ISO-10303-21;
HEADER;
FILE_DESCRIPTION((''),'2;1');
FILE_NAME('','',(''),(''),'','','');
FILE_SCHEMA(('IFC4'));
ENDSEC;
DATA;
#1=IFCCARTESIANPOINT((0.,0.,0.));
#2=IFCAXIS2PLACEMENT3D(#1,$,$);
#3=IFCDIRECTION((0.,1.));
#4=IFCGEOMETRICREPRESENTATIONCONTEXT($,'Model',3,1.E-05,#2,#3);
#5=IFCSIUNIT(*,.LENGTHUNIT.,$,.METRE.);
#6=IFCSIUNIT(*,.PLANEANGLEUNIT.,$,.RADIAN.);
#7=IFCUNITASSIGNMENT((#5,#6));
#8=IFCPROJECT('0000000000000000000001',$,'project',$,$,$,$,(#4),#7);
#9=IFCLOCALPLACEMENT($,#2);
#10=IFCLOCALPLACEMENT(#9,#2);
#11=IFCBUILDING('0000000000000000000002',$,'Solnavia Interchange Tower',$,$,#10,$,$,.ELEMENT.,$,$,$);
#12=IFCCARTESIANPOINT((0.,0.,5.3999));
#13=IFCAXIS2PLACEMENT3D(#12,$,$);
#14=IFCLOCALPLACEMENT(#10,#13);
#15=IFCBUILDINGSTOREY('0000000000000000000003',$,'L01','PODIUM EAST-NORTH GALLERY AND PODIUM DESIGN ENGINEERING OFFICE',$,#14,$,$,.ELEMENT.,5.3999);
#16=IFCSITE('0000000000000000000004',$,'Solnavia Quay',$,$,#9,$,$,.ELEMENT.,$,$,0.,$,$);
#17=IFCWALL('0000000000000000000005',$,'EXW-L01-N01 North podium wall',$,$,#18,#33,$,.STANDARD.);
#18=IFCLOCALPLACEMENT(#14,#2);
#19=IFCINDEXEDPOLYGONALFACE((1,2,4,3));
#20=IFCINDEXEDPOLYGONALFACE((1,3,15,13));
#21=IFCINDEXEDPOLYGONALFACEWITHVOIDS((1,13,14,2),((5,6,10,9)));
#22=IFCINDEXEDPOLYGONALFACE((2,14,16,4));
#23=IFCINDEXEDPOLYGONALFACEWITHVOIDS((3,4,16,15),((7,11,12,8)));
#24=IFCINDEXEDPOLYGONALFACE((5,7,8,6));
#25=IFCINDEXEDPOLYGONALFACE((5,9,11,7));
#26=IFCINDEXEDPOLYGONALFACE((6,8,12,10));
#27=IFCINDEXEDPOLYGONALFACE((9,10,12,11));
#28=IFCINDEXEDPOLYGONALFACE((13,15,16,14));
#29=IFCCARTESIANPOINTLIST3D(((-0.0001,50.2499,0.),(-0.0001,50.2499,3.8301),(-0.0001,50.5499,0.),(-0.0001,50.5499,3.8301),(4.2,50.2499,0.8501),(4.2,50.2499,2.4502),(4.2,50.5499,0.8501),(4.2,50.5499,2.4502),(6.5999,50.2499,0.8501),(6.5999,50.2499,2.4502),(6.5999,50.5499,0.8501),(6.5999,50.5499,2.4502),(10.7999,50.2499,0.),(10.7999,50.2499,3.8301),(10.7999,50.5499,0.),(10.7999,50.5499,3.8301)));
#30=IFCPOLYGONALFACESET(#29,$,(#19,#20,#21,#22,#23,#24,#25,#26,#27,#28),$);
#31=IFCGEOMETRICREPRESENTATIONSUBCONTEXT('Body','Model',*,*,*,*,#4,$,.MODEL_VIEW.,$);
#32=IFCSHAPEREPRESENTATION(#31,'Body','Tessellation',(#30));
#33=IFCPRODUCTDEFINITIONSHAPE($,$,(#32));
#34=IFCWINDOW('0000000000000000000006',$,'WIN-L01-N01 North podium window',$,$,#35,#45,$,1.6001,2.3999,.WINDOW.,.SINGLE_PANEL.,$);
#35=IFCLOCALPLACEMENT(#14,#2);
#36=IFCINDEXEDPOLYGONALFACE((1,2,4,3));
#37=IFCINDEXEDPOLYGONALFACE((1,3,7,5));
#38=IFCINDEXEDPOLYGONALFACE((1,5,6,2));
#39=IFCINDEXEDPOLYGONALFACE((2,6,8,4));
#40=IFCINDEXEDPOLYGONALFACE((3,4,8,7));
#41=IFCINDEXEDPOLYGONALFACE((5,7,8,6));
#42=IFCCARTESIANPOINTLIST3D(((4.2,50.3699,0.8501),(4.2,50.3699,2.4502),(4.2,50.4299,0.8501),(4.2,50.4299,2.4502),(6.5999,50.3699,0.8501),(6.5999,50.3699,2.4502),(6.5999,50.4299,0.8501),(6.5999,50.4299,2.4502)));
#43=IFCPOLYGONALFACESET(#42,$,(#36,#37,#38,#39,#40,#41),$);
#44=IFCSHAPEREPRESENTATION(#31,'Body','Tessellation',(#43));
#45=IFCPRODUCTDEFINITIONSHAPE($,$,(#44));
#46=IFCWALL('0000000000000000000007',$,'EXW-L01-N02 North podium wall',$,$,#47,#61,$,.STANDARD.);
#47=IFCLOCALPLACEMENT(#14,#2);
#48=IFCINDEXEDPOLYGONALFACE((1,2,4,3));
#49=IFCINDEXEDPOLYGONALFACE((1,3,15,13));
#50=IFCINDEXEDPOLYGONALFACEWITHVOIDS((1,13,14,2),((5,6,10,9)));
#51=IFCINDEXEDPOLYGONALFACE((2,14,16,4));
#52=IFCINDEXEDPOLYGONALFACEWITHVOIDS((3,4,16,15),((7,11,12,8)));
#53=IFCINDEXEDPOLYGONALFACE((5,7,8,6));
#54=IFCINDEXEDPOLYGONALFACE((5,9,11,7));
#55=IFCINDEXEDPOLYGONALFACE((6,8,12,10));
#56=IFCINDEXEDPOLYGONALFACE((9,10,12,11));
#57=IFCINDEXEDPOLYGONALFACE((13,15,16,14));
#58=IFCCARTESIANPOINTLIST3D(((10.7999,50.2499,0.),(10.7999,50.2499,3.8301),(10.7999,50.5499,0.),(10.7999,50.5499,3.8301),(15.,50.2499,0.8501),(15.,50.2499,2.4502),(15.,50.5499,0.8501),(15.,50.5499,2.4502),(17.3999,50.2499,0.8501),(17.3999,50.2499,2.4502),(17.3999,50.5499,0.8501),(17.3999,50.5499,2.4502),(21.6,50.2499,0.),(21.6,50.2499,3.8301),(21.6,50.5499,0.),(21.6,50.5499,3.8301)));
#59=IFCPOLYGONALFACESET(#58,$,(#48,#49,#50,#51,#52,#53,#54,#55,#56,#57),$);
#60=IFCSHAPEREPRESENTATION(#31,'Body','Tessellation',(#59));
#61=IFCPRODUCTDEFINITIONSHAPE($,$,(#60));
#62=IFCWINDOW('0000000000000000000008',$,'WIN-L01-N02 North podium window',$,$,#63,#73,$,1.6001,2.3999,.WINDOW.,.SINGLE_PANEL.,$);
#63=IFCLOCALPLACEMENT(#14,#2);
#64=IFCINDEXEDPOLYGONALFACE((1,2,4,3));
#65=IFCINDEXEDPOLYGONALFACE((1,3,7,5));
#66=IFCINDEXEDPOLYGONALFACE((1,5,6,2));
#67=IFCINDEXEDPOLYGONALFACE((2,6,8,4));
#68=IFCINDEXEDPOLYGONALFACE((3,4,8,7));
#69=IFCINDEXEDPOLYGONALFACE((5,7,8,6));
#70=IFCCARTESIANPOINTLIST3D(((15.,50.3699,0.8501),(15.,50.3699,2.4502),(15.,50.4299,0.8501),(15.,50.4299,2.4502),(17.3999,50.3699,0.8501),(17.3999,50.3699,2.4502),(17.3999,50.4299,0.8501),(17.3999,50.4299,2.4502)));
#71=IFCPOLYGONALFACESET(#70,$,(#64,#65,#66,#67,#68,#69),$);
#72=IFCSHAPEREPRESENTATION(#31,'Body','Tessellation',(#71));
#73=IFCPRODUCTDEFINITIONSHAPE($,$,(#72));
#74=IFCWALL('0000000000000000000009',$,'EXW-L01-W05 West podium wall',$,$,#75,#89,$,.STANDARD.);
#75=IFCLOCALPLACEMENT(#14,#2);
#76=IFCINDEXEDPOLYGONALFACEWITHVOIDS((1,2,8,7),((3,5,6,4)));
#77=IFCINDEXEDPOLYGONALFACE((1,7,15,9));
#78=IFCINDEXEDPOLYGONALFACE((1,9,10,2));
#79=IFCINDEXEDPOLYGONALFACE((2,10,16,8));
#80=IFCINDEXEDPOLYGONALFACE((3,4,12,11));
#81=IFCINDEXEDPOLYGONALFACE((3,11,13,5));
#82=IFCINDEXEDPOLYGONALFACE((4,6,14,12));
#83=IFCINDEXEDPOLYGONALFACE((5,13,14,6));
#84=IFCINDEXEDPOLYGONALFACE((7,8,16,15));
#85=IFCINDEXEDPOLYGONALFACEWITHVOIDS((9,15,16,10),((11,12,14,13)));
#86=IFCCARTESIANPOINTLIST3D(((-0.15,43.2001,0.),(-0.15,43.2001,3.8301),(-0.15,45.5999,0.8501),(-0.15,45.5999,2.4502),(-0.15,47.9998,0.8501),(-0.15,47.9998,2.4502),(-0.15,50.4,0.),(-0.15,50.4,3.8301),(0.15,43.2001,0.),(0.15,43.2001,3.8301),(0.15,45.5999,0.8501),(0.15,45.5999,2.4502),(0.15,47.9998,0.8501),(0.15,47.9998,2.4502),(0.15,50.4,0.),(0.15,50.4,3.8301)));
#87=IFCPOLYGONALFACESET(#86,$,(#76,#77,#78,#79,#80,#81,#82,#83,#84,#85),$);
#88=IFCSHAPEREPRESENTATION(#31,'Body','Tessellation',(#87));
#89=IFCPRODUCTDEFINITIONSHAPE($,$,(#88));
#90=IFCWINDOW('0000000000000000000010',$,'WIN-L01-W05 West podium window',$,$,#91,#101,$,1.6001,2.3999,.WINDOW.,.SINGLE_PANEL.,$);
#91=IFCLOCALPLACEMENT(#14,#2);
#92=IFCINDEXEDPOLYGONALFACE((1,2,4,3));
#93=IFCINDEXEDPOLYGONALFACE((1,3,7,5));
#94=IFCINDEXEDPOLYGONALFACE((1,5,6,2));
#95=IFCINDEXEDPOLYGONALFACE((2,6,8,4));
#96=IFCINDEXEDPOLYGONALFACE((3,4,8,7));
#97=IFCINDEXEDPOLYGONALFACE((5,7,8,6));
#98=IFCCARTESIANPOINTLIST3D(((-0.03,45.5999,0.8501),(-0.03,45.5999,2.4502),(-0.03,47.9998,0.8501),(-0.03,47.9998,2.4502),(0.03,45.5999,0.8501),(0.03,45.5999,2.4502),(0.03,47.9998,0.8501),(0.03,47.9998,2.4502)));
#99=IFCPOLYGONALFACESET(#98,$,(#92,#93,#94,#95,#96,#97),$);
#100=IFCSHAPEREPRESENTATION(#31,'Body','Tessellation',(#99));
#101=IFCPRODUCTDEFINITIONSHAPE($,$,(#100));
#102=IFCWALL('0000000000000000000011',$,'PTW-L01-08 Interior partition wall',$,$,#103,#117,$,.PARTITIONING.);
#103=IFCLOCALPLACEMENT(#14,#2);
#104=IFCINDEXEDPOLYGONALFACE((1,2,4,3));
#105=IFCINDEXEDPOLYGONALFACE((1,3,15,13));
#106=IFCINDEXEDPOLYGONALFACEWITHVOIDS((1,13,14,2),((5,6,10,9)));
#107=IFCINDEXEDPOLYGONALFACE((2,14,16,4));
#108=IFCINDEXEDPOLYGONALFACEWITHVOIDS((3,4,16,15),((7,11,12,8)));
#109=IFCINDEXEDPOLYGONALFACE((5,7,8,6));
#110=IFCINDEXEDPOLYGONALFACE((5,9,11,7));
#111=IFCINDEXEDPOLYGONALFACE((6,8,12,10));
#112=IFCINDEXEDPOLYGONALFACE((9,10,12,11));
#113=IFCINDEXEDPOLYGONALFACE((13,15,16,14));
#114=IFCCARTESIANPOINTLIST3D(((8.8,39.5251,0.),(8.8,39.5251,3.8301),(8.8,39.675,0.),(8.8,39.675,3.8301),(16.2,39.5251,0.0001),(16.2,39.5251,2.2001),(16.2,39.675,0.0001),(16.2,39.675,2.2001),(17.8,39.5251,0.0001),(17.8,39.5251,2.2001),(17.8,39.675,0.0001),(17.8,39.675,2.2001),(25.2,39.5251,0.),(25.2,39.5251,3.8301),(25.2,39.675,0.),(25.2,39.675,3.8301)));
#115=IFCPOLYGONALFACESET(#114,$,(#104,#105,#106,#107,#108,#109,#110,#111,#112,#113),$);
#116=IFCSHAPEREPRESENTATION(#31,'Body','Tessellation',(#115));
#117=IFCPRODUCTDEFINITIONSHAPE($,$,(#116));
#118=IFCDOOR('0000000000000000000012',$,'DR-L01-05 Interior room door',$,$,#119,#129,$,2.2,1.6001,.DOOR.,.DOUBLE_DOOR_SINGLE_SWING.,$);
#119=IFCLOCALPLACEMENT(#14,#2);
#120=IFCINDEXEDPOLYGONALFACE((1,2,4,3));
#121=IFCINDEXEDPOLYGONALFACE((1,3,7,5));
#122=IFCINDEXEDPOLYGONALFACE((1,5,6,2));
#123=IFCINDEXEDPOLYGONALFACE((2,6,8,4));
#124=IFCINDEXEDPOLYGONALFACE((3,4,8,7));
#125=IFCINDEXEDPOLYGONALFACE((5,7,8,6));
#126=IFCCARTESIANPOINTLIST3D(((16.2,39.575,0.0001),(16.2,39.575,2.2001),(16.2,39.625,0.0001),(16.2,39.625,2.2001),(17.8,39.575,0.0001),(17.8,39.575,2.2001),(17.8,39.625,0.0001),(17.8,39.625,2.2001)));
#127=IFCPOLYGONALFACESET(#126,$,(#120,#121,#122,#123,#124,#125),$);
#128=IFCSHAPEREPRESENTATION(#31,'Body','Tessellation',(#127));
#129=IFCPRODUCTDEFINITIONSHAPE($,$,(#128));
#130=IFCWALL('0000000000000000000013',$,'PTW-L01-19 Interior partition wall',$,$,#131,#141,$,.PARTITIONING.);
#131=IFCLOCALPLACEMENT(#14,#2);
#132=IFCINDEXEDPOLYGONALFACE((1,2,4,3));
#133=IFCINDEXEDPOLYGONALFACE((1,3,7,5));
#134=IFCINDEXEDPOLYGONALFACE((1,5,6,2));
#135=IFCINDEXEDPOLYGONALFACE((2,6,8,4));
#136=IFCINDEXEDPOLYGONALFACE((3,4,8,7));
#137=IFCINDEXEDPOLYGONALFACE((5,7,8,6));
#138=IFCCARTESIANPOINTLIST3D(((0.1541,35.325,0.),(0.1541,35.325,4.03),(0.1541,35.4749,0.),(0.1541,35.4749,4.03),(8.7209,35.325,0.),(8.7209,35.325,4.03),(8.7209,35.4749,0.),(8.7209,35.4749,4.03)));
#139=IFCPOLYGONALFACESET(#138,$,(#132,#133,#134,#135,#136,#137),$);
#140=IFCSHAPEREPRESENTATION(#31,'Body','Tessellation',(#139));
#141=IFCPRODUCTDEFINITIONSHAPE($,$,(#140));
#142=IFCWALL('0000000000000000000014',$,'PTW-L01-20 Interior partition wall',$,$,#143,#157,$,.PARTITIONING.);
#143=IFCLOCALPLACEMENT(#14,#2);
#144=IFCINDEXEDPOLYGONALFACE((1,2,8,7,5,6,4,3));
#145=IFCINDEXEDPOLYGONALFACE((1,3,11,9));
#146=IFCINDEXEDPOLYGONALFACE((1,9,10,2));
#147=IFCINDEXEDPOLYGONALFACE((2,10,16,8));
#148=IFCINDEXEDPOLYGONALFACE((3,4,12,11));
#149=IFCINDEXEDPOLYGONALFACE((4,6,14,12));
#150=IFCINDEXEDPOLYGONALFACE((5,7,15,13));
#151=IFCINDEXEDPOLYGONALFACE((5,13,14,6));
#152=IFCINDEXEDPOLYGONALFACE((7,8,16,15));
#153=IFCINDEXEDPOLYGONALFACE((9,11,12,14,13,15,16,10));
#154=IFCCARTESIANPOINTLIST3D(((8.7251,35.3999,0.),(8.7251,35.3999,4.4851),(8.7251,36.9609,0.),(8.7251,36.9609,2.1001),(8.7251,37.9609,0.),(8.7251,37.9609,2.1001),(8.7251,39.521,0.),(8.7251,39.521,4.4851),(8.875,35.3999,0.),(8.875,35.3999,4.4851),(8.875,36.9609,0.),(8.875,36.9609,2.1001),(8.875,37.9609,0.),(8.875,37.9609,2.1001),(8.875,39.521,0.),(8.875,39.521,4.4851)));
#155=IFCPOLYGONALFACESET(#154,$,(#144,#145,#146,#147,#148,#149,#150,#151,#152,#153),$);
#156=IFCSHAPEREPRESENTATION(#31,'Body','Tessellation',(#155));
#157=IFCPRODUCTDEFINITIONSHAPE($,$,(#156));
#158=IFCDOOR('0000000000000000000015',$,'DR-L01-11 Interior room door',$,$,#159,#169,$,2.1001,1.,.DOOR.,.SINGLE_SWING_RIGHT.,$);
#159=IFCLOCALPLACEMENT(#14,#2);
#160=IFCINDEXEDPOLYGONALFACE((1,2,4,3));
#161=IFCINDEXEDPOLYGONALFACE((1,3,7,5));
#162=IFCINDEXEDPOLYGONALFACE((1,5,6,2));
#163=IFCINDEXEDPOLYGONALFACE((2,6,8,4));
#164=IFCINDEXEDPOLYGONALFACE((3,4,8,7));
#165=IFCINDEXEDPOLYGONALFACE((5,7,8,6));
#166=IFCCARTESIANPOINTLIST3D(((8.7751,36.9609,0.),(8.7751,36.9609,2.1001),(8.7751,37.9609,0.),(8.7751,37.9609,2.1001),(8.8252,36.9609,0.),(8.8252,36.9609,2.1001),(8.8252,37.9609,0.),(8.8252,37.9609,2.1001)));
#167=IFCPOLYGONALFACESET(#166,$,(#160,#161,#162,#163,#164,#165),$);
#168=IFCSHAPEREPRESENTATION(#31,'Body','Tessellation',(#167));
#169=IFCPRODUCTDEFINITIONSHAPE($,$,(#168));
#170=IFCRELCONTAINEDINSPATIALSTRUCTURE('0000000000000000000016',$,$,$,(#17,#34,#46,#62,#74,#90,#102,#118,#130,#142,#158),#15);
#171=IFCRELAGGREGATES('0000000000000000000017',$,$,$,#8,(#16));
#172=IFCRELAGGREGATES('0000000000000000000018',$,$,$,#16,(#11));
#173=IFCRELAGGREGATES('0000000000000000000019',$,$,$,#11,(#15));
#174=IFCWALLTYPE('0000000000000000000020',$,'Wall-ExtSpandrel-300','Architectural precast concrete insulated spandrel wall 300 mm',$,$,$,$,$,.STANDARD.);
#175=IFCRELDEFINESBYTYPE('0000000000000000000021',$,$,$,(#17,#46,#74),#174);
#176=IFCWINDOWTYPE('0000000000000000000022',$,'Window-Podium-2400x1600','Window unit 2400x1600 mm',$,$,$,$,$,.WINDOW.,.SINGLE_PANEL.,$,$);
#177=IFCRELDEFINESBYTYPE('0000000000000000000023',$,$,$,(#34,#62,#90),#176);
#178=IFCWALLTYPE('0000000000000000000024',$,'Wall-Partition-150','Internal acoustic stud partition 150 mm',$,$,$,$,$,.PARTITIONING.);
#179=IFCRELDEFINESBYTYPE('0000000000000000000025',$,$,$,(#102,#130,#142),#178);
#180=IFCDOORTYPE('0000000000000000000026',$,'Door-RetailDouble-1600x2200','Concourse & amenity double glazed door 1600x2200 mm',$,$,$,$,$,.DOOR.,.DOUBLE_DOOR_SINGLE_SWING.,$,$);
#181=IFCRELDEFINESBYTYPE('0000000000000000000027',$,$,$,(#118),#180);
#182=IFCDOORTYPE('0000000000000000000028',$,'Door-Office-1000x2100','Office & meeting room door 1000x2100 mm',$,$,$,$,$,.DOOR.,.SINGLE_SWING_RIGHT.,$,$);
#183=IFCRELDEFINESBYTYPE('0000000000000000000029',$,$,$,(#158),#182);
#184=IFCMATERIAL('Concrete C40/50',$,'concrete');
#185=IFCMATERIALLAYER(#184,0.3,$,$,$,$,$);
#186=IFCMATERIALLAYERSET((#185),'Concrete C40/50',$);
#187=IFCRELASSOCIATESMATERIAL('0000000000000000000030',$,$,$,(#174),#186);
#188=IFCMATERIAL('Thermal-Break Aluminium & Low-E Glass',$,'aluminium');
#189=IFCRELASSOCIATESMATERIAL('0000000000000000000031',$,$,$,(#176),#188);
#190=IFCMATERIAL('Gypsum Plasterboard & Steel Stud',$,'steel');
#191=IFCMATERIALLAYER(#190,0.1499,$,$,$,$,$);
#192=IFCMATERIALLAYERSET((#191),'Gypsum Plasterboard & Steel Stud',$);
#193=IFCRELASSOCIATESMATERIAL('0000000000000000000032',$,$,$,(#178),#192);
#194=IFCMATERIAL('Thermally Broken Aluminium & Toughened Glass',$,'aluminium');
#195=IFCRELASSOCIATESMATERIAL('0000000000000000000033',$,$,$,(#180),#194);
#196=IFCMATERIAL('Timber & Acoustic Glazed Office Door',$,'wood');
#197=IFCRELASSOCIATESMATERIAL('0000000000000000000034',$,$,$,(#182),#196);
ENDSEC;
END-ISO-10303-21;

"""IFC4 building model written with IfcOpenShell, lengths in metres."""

from ifc_helpers import new_model, si_unit, direction, frame, frame_2d, origin, place, context, subcontext, project, spatial, rectangle, extrude, material, layer, layer_set, type_object, element, fill, save


model = new_model("IFC4")

# Units and contexts
model_context = context("Model", 3, precision=1e-05, world=origin(), true_north=direction((0.0, 1.0)))
body_context = subcontext(model_context, "Body", "Model", "MODEL_VIEW")
ifc_project = project(units=[si_unit("LENGTHUNIT", "METRE"), si_unit("PLANEANGLEUNIT", "RADIAN")], contexts=[model_context])

# Site, building, storey
site_placement = place(None, origin())
site = spatial("IfcSite", under=ifc_project, at=site_placement, Name="Solnavia Quay", CompositionType="ELEMENT", RefElevation=0.0)
building_placement = place(site_placement, origin())
building = spatial("IfcBuilding", under=site, at=building_placement, Name="Solnavia Interchange Tower", CompositionType="ELEMENT")
storey_placement = place(building_placement, frame((0.0, 0.0, 5.3999)))
storey = spatial("IfcBuildingStorey", under=building, at=storey_placement, Name="L01", Description="PODIUM EAST-NORTH GALLERY AND PODIUM DESIGN ENGINEERING OFFICE", CompositionType="ELEMENT", Elevation=5.3999)

# Walls, openings, windows
ifc_material_1 = material(Name="Concrete C40/50", Category="concrete")
ifc_layer_1 = layer(ifc_material_1, 0.3)
ifc_layer_set_1 = layer_set([ifc_layer_1], Name="Concrete C40/50")
wall_type_1 = type_object("IfcWallType", Name="Wall-ExtSpandrel-300", Description="Architectural precast concrete insulated spandrel wall 300 mm", PredefinedType="STANDARD", material=ifc_layer_set_1)
wall_1_placement = place(storey_placement, frame((0.0, 50.3999, 0.0), z_axis=(0.0, 0.0, 1.0), x_axis=(1.0, 0.0, 0.0)))
wall_1 = element("IfcWall", 1, at=wall_1_placement, inside=storey, type_object=wall_type_1, Name="EXW-L01-N01 North podium wall", PredefinedType="STANDARD", context=body_context, shape_type="SweptSolid", body=[
    extrude(rectangle(XDim=10.8, YDim=0.3, at=frame_2d((5.3999, 0.0))), origin(), (0.0, 0.0, 1.0), 3.8301),
])
opening_1_placement = place(wall_1_placement, frame((4.2, 0.0, 0.8501)))
opening_1 = element("IfcOpeningElement", 2, at=opening_1_placement, cuts=wall_1, PredefinedType="OPENING", context=body_context, shape_type="SweptSolid", body=[
    extrude(rectangle(XDim=2.3999, YDim=1.6001, at=frame_2d((1.2, 0.8))), frame((0.0, 0.1602, 0.0), z_axis=(0.0, -1.0, 0.0), x_axis=(1.0, 0.0, 0.0)), (0.0, 0.0, 1.0), 0.3201),
])
ifc_material_2 = material(Name="Thermal-Break Aluminium & Low-E Glass", Category="aluminium")
window_type = type_object("IfcWindowType", Name="Window-Podium-2400x1600", Description="Window unit 2400x1600 mm", PartitioningType="SINGLE_PANEL", PredefinedType="WINDOW", material=ifc_material_2)
window_1_placement = place(opening_1_placement, origin())
window_1 = element("IfcWindow", 3, at=window_1_placement, inside=storey, type_object=window_type, Name="WIN-L01-N01 North podium window", OverallHeight=1.6001, OverallWidth=2.3999, PartitioningType="SINGLE_PANEL", PredefinedType="WINDOW", context=body_context, shape_type="SweptSolid", body=[
    extrude(rectangle(XDim=2.3999, YDim=1.6001, at=frame_2d((1.2, 0.8))), frame((0.0, 0.03, 0.0), z_axis=(0.0, -1.0, 0.0), x_axis=(1.0, 0.0, 0.0)), (0.0, 0.0, 1.0), 0.0601),
])
fill(opening_1, window_1)
wall_2_placement = place(storey_placement, frame((10.8, 50.3999, 0.0), z_axis=(0.0, 0.0, 1.0), x_axis=(1.0, 0.0, 0.0)))
wall_2 = element("IfcWall", 4, at=wall_2_placement, inside=storey, type_object=wall_type_1, Name="EXW-L01-N02 North podium wall", PredefinedType="STANDARD", context=body_context, shape_type="SweptSolid", body=[
    extrude(rectangle(XDim=10.8, YDim=0.3, at=frame_2d((5.3999, 0.0))), origin(), (0.0, 0.0, 1.0), 3.8301),
])
opening_2_placement = place(wall_2_placement, frame((4.2, 0.0, 0.8501)))
opening_2 = element("IfcOpeningElement", 5, at=opening_2_placement, cuts=wall_2, PredefinedType="OPENING", context=body_context, shape_type="SweptSolid", body=[
    extrude(rectangle(XDim=2.3999, YDim=1.6001, at=frame_2d((1.2, 0.8))), frame((0.0, 0.1602, 0.0), z_axis=(0.0, -1.0, 0.0), x_axis=(1.0, 0.0, 0.0)), (0.0, 0.0, 1.0), 0.3201),
])
window_2_placement = place(opening_2_placement, origin())
window_2 = element("IfcWindow", 6, at=window_2_placement, inside=storey, type_object=window_type, Name="WIN-L01-N02 North podium window", OverallHeight=1.6001, OverallWidth=2.3999, PartitioningType="SINGLE_PANEL", PredefinedType="WINDOW", context=body_context, shape_type="SweptSolid", body=[
    extrude(rectangle(XDim=2.3999, YDim=1.6001, at=frame_2d((1.2, 0.8))), frame((0.0, 0.03, 0.0), z_axis=(0.0, -1.0, 0.0), x_axis=(1.0, 0.0, 0.0)), (0.0, 0.0, 1.0), 0.0601),
])
fill(opening_2, window_2)
wall_3_placement = place(storey_placement, frame((0.0, 43.2, 0.0), z_axis=(0.0, 0.0, 1.0), x_axis=(0.0, 1.0, 0.0)))
wall_3 = element("IfcWall", 7, at=wall_3_placement, inside=storey, type_object=wall_type_1, Name="EXW-L01-W05 West podium wall", PredefinedType="STANDARD", context=body_context, shape_type="SweptSolid", body=[
    extrude(rectangle(XDim=7.2, YDim=0.3, at=frame_2d((3.6001, 0.0))), origin(), (0.0, 0.0, 1.0), 3.8301),
])
opening_3_placement = place(wall_3_placement, frame((2.3999, 0.0, 0.8501)))
opening_3 = element("IfcOpeningElement", 8, at=opening_3_placement, cuts=wall_3, PredefinedType="OPENING", context=body_context, shape_type="SweptSolid", body=[
    extrude(rectangle(XDim=2.3999, YDim=1.6001, at=frame_2d((1.2, 0.8))), frame((0.0, 0.1602, 0.0), z_axis=(0.0, -1.0, 0.0), x_axis=(1.0, 0.0, 0.0)), (0.0, 0.0, 1.0), 0.3201),
])
window_3_placement = place(opening_3_placement, origin())
window_3 = element("IfcWindow", 9, at=window_3_placement, inside=storey, type_object=window_type, Name="WIN-L01-W05 West podium window", OverallHeight=1.6001, OverallWidth=2.3999, PartitioningType="SINGLE_PANEL", PredefinedType="WINDOW", context=body_context, shape_type="SweptSolid", body=[
    extrude(rectangle(XDim=2.3999, YDim=1.6001, at=frame_2d((1.2, 0.8))), frame((0.0, 0.03, 0.0), z_axis=(0.0, -1.0, 0.0), x_axis=(1.0, 0.0, 0.0)), (0.0, 0.0, 1.0), 0.0601),
])
fill(opening_3, window_3)

# Wall, opening, door
ifc_material_3 = material(Name="Gypsum Plasterboard & Steel Stud", Category="steel")
ifc_layer_2 = layer(ifc_material_3, 0.1499)
ifc_layer_set_2 = layer_set([ifc_layer_2], Name="Gypsum Plasterboard & Steel Stud")
wall_type_2 = type_object("IfcWallType", Name="Wall-Partition-150", Description="Internal acoustic stud partition 150 mm", PredefinedType="PARTITIONING", material=ifc_layer_set_2)
wall_4_placement = place(storey_placement, frame((8.8, 39.6001, 0.0), z_axis=(0.0, 0.0, 1.0), x_axis=(1.0, 0.0, 0.0)))
wall_4 = element("IfcWall", 10, at=wall_4_placement, inside=storey, type_object=wall_type_2, Name="PTW-L01-08 Interior partition wall", PredefinedType="PARTITIONING", context=body_context, shape_type="SweptSolid", body=[
    extrude(rectangle(XDim=16.3999, YDim=0.1499, at=frame_2d((8.2, 0.0))), origin(), (0.0, 0.0, 1.0), 3.8301),
])
opening_4_placement = place(wall_4_placement, frame((7.3999, 0.0, 0.0)))
opening_4 = element("IfcOpeningElement", 11, at=opening_4_placement, cuts=wall_4, PredefinedType="OPENING", context=body_context, shape_type="SweptSolid", body=[
    extrude(rectangle(XDim=1.6001, YDim=2.2, at=frame_2d((0.8, 1.1001))), frame((0.0, 0.085, 0.0), z_axis=(0.0, -1.0, 0.0), x_axis=(1.0, 0.0, 0.0)), (0.0, 0.0, 1.0), 0.1699),
])
ifc_material_4 = material(Name="Thermally Broken Aluminium & Toughened Glass", Category="aluminium")
door_type_1 = type_object("IfcDoorType", Name="Door-RetailDouble-1600x2200", Description="Concourse & amenity double glazed door 1600x2200 mm", OperationType="DOUBLE_DOOR_SINGLE_SWING", PredefinedType="DOOR", material=ifc_material_4)
door_1_placement = place(opening_4_placement, origin())
door_1 = element("IfcDoor", 12, at=door_1_placement, inside=storey, type_object=door_type_1, Name="DR-L01-05 Interior room door", OperationType="DOUBLE_DOOR_SINGLE_SWING", OverallHeight=2.2, OverallWidth=1.6001, PredefinedType="DOOR", context=body_context, shape_type="SweptSolid", body=[
    extrude(rectangle(XDim=1.6001, YDim=2.2, at=frame_2d((0.8, 1.1001))), frame((0.0, 0.0249, 0.0), z_axis=(0.0, -1.0, 0.0), x_axis=(1.0, 0.0, 0.0)), (0.0, 0.0, 1.0), 0.05),
])
fill(opening_4, door_1)

# Wall
wall_5_placement = place(storey_placement, frame((0.1541, 35.3999, 0.0), z_axis=(0.0, 0.0, 1.0), x_axis=(1.0, 0.0, 0.0)))
element("IfcWall", 13, at=wall_5_placement, inside=storey, type_object=wall_type_2, Name="PTW-L01-19 Interior partition wall", PredefinedType="PARTITIONING", context=body_context, shape_type="SweptSolid", body=[
    extrude(rectangle(XDim=8.5669, YDim=0.1499, at=frame_2d((4.2834, 0.0))), origin(), (0.0, 0.0, 1.0), 4.03),
])

# Wall, opening, door
wall_6_placement = place(storey_placement, frame((8.8, 35.3999, 0.0), z_axis=(0.0, 0.0, 1.0), x_axis=(0.0, 1.0, 0.0)))
wall_6 = element("IfcWall", 14, at=wall_6_placement, inside=storey, type_object=wall_type_2, Name="PTW-L01-20 Interior partition wall", PredefinedType="PARTITIONING", context=body_context, shape_type="SweptSolid", body=[
    extrude(rectangle(XDim=4.1211, YDim=0.1499, at=frame_2d((2.0605, 0.0))), origin(), (0.0, 0.0, 1.0), 4.4851),
])
opening_5_placement = place(wall_6_placement, frame((1.561, 0.0, 0.0)))
opening_5 = element("IfcOpeningElement", 15, at=opening_5_placement, cuts=wall_6, PredefinedType="OPENING", context=body_context, shape_type="SweptSolid", body=[
    extrude(rectangle(XDim=1.0, YDim=2.1001, at=frame_2d((0.5, 1.05))), frame((0.0, 0.085, 0.0), z_axis=(0.0, -1.0, 0.0), x_axis=(1.0, 0.0, 0.0)), (0.0, 0.0, 1.0), 0.1699),
])
ifc_material_5 = material(Name="Timber & Acoustic Glazed Office Door", Category="wood")
door_type_2 = type_object("IfcDoorType", Name="Door-Office-1000x2100", Description="Office & meeting room door 1000x2100 mm", OperationType="SINGLE_SWING_RIGHT", PredefinedType="DOOR", material=ifc_material_5)
door_2_placement = place(opening_5_placement, origin())
door_2 = element("IfcDoor", 16, at=door_2_placement, inside=storey, type_object=door_type_2, Name="DR-L01-11 Interior room door", OperationType="SINGLE_SWING_RIGHT", OverallHeight=2.1001, OverallWidth=1.0, PredefinedType="DOOR", context=body_context, shape_type="SweptSolid", body=[
    extrude(rectangle(XDim=1.0, YDim=2.1001, at=frame_2d((0.5, 1.05))), frame((0.0, 0.0249, 0.0), z_axis=(0.0, -1.0, 0.0), x_axis=(1.0, 0.0, 0.0)), (0.0, 0.0, 1.0), 0.05),
])
fill(opening_5, door_2)

save(model, "model.ifc")
